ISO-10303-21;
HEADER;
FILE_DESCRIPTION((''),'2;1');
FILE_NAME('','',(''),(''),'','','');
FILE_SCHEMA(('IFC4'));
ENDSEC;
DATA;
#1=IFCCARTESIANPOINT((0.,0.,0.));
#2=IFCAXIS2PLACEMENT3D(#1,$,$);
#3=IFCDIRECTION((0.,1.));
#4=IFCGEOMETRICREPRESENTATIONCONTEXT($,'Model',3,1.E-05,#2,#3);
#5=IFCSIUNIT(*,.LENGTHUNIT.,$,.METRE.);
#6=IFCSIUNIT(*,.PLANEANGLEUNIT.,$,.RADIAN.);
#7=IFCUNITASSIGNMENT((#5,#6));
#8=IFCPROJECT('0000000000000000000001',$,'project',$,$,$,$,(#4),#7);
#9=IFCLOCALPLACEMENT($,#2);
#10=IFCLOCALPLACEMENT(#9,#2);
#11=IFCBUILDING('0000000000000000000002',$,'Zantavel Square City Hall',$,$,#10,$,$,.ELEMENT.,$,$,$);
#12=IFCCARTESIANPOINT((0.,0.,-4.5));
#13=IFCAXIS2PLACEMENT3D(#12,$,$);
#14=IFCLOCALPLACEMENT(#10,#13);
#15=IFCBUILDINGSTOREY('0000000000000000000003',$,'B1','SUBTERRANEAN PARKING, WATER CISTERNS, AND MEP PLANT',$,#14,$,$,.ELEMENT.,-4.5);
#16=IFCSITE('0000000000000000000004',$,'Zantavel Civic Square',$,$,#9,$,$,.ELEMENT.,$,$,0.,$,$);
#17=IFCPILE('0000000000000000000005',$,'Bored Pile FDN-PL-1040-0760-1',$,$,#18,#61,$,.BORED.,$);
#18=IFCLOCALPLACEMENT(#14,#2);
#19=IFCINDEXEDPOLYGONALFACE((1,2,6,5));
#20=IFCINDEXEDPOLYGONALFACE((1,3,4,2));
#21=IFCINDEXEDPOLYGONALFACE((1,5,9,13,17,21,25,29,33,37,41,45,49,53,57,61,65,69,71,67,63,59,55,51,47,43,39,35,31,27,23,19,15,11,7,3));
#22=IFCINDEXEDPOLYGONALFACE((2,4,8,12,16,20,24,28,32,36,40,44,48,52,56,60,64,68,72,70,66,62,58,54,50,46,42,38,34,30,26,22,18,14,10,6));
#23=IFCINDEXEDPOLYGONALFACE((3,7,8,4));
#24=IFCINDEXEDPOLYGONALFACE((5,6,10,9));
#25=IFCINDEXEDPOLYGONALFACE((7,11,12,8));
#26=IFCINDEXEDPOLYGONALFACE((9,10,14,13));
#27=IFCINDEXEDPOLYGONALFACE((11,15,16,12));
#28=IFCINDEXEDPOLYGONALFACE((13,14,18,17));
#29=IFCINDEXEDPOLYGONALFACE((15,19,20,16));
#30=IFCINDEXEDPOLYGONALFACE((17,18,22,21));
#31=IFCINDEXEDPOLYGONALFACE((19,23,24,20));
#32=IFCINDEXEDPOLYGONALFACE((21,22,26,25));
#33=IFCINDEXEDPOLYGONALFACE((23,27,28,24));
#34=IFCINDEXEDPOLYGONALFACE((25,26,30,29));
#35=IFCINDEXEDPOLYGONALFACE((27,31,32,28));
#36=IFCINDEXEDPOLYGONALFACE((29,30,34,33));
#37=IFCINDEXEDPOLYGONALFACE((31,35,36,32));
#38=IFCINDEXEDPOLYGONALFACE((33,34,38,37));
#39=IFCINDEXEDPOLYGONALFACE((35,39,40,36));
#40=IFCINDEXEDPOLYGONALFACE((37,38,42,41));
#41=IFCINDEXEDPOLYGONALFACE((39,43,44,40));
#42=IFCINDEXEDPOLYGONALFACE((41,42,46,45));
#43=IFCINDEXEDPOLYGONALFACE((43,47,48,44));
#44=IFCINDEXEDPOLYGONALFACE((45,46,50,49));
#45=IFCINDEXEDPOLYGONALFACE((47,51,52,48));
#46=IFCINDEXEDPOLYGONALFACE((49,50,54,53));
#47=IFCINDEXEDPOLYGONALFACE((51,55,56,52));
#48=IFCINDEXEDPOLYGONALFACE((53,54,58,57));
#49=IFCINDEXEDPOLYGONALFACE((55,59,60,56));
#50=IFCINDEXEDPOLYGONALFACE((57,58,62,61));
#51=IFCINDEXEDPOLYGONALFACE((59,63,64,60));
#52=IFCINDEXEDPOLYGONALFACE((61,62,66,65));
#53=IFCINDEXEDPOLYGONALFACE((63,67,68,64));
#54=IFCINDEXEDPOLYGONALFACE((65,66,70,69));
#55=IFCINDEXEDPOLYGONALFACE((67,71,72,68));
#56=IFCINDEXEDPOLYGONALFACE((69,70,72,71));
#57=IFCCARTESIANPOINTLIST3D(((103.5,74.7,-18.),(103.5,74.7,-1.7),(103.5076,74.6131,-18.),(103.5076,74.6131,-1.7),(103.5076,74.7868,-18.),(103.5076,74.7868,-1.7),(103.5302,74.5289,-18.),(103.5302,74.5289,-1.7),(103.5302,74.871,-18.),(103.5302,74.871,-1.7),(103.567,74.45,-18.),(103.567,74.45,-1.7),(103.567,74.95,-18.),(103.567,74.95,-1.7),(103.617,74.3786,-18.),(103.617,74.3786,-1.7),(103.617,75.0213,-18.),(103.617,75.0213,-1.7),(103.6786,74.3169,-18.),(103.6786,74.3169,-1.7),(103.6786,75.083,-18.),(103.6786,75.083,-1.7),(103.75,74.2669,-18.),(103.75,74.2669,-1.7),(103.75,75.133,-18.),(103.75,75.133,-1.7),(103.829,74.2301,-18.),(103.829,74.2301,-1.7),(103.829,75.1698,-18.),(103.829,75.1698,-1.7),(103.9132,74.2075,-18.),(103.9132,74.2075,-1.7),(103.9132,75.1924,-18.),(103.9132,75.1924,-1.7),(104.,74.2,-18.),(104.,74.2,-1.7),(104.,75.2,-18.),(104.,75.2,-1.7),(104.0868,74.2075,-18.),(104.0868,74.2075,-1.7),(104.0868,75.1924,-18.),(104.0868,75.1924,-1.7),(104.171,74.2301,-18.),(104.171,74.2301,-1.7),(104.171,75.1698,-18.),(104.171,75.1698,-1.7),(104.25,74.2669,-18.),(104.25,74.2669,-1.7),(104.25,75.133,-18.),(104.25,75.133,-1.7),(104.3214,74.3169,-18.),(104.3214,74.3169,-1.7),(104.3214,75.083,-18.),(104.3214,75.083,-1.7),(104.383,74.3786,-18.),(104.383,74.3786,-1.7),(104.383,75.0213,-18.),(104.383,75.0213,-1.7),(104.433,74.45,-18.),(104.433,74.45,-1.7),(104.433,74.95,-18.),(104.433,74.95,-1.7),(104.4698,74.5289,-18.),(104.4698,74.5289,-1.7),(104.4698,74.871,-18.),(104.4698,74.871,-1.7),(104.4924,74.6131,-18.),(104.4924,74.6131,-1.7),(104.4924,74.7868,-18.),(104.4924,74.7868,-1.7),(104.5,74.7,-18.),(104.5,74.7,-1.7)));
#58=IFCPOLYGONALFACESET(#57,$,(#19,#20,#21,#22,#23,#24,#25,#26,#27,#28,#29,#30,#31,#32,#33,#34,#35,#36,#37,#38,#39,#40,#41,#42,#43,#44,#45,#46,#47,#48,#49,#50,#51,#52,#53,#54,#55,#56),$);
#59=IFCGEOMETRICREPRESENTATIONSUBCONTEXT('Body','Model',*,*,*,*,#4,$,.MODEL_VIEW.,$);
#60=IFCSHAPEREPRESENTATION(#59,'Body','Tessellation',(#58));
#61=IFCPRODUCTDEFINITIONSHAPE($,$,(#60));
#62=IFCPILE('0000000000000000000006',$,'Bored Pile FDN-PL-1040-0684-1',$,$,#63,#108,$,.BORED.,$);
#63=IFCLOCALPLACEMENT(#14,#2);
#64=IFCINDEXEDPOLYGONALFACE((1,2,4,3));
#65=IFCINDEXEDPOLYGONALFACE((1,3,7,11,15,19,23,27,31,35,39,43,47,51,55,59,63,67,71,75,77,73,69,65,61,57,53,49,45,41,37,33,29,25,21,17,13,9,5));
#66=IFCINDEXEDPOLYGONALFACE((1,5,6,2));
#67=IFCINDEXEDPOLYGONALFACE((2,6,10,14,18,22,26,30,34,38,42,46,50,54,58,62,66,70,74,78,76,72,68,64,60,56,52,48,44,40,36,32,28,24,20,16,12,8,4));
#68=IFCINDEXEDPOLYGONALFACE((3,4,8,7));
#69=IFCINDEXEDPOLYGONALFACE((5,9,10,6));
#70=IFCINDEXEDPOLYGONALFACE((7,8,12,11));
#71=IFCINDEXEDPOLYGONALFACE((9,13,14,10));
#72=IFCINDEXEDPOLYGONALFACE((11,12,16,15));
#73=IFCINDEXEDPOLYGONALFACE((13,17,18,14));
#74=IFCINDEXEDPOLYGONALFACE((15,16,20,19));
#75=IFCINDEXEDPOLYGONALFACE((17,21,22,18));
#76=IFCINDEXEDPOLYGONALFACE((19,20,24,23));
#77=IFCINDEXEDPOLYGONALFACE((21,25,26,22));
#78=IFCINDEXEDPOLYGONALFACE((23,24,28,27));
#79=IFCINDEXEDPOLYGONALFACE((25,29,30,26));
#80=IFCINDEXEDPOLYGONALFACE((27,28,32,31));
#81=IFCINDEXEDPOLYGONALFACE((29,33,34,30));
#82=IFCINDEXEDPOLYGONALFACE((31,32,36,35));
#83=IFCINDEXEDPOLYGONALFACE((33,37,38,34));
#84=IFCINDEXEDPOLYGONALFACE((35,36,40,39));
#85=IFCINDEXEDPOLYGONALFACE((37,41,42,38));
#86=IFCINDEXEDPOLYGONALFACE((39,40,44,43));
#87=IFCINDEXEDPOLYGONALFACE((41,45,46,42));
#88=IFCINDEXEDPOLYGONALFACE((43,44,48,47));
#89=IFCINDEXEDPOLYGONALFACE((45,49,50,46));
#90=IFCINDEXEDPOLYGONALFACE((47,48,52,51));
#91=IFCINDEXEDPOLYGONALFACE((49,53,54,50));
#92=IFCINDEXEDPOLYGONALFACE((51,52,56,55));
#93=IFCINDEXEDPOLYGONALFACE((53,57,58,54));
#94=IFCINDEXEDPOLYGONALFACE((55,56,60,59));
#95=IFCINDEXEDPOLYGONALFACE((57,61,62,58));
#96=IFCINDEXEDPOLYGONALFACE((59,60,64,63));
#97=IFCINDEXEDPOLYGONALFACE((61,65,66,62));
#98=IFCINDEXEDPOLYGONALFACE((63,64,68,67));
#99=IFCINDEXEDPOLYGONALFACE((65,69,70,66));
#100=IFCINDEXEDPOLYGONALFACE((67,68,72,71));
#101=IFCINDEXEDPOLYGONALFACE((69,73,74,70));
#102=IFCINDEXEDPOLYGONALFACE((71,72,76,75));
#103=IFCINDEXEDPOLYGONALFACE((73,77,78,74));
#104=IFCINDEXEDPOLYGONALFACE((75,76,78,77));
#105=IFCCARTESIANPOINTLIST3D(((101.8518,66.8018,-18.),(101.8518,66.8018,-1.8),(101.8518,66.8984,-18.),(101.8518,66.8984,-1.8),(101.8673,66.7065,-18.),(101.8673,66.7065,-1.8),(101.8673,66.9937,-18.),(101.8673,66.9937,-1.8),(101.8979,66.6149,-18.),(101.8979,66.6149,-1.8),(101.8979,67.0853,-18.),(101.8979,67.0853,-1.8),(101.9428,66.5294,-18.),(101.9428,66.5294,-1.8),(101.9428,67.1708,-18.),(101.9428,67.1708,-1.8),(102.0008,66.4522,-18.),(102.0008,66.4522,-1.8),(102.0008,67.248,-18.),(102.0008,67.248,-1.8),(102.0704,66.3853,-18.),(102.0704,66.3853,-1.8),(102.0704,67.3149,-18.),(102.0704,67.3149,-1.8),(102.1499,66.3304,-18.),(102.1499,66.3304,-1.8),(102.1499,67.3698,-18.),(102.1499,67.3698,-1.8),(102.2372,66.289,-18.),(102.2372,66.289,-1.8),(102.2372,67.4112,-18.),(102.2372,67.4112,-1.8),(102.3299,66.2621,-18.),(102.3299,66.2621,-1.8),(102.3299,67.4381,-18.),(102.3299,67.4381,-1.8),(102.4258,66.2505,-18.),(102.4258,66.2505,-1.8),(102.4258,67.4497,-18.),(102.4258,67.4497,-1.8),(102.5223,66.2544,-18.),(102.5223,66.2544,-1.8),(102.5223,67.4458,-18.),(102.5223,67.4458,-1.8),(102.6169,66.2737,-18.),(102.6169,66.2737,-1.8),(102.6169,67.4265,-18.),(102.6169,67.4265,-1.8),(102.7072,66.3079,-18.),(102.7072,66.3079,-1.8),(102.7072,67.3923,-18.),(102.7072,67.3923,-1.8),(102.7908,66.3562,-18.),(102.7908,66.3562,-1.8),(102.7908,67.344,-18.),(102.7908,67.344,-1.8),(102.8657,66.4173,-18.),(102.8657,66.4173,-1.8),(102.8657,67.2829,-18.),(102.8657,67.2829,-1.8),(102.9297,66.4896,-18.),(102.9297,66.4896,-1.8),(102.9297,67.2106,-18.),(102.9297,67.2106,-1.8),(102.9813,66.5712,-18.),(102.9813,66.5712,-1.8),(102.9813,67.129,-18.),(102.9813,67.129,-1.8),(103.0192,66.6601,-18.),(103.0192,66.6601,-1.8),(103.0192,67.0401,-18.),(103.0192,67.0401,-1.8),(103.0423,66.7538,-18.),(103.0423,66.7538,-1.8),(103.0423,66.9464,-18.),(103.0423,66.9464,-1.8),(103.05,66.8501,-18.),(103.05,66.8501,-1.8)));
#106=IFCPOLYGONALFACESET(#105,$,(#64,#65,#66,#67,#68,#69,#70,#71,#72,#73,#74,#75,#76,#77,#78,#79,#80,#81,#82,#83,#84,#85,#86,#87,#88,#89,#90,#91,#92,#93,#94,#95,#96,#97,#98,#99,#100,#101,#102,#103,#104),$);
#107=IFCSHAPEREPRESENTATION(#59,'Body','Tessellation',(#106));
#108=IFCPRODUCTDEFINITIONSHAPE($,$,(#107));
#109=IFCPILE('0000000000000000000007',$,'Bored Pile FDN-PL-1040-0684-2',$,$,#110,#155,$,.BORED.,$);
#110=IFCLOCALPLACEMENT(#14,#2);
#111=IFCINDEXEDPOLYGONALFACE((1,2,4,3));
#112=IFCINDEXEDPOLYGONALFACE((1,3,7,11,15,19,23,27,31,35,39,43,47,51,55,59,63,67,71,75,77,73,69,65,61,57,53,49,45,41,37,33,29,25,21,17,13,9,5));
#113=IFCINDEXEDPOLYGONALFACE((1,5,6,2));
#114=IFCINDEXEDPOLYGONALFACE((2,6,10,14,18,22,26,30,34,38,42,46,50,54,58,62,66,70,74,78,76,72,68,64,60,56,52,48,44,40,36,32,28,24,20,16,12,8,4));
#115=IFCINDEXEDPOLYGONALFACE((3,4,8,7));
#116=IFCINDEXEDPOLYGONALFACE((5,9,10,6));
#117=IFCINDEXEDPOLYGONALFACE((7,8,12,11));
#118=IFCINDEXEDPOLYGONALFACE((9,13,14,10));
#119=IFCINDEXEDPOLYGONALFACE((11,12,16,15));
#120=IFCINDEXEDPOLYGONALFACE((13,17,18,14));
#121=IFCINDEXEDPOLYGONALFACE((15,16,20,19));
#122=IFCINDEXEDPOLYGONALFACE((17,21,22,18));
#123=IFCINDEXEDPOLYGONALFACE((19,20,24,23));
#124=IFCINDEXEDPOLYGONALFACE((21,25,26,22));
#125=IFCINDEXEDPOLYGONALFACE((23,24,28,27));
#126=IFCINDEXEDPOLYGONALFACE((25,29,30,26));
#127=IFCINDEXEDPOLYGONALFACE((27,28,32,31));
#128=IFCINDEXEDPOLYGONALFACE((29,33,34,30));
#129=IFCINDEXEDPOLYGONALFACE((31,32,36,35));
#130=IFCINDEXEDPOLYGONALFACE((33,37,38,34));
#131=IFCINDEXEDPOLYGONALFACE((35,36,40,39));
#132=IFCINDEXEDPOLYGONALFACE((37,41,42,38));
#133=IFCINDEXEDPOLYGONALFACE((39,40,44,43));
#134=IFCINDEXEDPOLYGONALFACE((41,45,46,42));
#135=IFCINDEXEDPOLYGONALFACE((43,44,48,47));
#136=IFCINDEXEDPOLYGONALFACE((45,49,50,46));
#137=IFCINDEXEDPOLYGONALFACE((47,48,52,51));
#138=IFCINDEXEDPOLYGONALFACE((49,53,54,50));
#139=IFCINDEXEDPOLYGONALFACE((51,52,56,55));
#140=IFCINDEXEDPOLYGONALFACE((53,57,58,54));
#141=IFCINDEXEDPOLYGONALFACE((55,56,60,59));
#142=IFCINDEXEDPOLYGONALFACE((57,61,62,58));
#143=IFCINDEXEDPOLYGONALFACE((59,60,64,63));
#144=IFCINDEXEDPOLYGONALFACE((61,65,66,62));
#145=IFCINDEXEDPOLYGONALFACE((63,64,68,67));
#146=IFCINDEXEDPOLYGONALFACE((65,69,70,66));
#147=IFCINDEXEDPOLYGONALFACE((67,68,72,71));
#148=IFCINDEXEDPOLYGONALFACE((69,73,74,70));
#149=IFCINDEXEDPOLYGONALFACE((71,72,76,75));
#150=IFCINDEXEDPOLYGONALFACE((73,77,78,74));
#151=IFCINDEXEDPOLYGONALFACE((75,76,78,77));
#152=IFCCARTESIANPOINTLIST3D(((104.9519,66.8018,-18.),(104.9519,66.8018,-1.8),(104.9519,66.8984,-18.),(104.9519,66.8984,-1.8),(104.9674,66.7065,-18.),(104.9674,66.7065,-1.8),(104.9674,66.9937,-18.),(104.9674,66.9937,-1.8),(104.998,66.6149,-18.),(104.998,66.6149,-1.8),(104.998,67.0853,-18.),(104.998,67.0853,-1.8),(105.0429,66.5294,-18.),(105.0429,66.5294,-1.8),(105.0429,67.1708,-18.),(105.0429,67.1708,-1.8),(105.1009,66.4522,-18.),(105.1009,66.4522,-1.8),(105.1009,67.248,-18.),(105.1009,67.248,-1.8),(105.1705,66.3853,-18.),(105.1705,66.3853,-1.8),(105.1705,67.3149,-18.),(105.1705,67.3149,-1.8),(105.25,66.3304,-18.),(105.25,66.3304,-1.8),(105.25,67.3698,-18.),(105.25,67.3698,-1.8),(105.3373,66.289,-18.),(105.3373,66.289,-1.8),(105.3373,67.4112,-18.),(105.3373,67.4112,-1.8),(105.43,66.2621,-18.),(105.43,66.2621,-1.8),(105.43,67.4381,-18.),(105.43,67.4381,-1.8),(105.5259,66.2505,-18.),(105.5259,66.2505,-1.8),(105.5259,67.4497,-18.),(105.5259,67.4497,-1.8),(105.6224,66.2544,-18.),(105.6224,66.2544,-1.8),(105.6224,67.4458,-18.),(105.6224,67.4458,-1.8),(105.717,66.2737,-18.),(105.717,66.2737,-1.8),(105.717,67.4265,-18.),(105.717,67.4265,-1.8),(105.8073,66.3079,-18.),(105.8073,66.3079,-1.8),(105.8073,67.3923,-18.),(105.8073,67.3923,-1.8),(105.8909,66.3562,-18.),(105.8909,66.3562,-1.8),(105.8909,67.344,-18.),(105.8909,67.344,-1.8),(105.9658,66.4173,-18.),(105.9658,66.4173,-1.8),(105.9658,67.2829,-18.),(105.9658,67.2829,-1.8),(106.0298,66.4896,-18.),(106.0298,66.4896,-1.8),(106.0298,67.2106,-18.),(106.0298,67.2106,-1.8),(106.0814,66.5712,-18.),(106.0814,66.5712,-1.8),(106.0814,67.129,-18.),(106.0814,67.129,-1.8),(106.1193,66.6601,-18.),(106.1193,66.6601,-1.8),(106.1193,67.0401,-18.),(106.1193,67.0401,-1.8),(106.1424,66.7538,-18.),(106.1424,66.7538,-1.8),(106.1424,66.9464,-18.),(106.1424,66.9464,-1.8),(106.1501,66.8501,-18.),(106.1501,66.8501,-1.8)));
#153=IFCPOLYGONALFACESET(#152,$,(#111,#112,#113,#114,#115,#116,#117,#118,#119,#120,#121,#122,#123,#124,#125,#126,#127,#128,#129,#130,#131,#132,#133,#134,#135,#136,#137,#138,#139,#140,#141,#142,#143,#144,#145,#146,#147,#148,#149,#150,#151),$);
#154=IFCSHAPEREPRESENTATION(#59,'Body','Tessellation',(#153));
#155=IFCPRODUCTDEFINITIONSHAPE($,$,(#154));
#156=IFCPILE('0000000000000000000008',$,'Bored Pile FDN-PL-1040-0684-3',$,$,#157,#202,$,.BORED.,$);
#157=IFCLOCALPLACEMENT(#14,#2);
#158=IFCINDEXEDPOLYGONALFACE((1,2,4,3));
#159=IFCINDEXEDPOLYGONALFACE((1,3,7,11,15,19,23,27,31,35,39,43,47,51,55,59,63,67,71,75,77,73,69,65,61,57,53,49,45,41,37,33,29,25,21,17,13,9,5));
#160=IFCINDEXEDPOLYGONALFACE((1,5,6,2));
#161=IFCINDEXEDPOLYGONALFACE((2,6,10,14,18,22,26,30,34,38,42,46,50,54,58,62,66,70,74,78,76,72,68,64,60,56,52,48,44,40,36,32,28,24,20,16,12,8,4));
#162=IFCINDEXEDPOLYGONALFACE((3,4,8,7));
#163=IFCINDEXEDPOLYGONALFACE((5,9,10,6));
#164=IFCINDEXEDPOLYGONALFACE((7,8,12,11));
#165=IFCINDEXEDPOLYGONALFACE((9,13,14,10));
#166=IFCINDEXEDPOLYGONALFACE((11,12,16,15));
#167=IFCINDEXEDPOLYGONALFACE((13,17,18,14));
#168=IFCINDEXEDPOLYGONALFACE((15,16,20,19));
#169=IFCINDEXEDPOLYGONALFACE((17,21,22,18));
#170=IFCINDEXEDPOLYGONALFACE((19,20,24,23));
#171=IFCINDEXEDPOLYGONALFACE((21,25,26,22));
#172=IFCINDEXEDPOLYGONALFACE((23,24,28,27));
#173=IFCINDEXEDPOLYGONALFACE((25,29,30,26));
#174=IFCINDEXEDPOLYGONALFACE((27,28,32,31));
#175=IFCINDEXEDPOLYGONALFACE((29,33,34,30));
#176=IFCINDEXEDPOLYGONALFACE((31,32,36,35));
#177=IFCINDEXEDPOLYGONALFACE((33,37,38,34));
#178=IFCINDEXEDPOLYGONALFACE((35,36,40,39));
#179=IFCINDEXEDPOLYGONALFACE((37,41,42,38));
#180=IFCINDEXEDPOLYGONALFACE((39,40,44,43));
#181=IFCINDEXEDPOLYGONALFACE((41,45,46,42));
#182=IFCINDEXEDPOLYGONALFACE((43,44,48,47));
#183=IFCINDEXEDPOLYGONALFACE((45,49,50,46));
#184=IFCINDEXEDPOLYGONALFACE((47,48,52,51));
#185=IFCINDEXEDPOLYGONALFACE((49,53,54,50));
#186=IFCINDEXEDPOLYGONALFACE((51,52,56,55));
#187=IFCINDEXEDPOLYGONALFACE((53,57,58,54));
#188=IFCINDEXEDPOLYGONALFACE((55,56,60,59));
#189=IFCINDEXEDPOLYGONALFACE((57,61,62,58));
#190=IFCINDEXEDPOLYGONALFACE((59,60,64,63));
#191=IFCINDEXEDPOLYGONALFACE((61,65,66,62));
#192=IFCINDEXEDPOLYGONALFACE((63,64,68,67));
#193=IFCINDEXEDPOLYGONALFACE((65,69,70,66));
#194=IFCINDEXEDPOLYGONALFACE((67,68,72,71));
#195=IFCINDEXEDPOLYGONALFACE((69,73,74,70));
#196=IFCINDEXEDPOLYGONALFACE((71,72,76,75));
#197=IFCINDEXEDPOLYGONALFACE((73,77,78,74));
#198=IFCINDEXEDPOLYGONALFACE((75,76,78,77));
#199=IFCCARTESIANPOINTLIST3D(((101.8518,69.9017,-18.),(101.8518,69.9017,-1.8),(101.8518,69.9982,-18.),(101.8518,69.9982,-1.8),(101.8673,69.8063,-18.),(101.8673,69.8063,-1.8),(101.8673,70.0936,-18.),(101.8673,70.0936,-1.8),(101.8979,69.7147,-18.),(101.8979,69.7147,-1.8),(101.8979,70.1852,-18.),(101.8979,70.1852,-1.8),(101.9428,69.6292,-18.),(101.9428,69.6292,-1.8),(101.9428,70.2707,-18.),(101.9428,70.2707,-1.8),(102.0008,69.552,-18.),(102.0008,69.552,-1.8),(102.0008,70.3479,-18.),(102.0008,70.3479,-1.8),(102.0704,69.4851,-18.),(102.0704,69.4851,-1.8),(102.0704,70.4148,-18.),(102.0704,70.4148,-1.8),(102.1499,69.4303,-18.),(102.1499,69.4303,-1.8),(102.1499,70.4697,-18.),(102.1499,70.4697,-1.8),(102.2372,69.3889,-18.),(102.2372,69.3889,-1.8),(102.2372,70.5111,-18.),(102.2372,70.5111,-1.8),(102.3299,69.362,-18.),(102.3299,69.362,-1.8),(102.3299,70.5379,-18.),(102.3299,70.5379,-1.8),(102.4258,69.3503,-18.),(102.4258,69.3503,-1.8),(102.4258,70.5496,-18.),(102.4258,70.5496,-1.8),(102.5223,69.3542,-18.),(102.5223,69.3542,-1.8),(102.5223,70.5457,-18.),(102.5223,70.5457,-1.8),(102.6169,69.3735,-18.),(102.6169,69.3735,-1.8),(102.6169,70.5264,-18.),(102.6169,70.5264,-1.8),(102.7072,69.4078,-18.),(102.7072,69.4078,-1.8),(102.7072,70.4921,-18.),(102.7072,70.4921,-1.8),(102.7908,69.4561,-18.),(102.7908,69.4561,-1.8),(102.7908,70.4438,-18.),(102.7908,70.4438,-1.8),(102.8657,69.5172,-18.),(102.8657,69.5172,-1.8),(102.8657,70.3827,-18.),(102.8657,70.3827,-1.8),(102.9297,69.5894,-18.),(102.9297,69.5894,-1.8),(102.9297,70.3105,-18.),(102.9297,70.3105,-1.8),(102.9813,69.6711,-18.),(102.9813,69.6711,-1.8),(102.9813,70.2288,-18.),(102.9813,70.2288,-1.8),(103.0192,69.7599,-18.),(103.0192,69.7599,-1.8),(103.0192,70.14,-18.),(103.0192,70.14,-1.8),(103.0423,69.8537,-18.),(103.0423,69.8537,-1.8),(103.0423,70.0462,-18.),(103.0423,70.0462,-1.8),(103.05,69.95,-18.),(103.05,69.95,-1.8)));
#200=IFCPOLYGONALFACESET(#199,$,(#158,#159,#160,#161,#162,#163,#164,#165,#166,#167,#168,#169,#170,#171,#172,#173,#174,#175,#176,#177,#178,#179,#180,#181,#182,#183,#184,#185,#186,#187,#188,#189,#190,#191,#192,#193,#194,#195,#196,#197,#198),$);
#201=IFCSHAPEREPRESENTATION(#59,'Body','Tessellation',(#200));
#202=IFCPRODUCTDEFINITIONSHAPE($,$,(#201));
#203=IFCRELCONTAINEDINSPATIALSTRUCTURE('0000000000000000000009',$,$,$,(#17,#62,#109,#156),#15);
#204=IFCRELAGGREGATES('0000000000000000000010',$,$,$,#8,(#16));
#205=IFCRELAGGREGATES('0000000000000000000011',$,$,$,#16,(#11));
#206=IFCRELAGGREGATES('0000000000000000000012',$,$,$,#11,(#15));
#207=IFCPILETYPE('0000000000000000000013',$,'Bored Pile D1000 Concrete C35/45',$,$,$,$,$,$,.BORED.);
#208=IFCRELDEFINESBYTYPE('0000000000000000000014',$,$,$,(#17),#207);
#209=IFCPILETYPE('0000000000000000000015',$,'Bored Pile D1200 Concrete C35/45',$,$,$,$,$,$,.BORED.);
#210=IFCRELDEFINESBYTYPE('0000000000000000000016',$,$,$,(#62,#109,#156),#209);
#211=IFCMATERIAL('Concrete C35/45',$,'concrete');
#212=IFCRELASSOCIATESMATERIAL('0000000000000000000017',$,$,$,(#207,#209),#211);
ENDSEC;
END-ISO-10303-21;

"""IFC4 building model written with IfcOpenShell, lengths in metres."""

from ifc_helpers import new_model, si_unit, direction, frame, origin, origin_2d, place, context, subcontext, project, spatial, circle, extrude, material, material_profile, profile_set, type_object, element, save


model = new_model("IFC4")

# Units and contexts
model_context = context("Model", 3, precision=1e-05, world=origin(), true_north=direction((0.0, 1.0)))
body_context = subcontext(model_context, "Body", "Model", "MODEL_VIEW")
ifc_project = project(units=[si_unit("LENGTHUNIT", "METRE"), si_unit("PLANEANGLEUNIT", "RADIAN")], contexts=[model_context])

# Site, building, storey
site_placement = place(None, origin())
site = spatial("IfcSite", under=ifc_project, at=site_placement, Name="Zantavel Civic Square", CompositionType="ELEMENT", RefElevation=0.0)
building_placement = place(site_placement, origin())
building = spatial("IfcBuilding", under=site, at=building_placement, Name="Zantavel Square City Hall", CompositionType="ELEMENT")
storey_placement = place(building_placement, frame((0.0, 0.0, -4.5)))
storey = spatial("IfcBuildingStorey", under=building, at=storey_placement, Name="B1", Description="SUBTERRANEAN PARKING, WATER CISTERNS, AND MEP PLANT", CompositionType="ELEMENT", Elevation=-4.5)

# Piles
ifc_material_1 = material(Name="Concrete C35/45", Category="concrete")
ifc_material_profile_1 = material_profile(ifc_material_1, circle(Radius=0.5, at=origin_2d()), Name="PILE D1000")
ifc_profile_set_1 = profile_set([ifc_material_profile_1], Name="Concrete C35/45")
pile_type_1 = type_object("IfcPileType", Name="Bored Pile D1000 Concrete C35/45", PredefinedType="BORED", material=ifc_profile_set_1)
pile_placement = place(storey_placement, frame((104.0, 74.7, -1.7), z_axis=(0.0, 0.0, -1.0), x_axis=(1.0, 0.0, 0.0)))
element("IfcPile", 1, at=pile_placement, inside=storey, type_object=pile_type_1, Name="Bored Pile FDN-PL-1040-0760-1", PredefinedType="BORED", context=body_context, shape_type="SweptSolid", body=[
    extrude(circle(Radius=0.5, at=origin_2d()), origin(), (0.0, 0.0, 1.0), 16.3),
])
ifc_material_profile_2 = material_profile(ifc_material_1, circle(Radius=0.6001, at=origin_2d()), Name="PILE D1200")
ifc_profile_set_2 = profile_set([ifc_material_profile_2], Name="Concrete C35/45")
pile_type_2 = type_object("IfcPileType", Name="Bored Pile D1200 Concrete C35/45", PredefinedType="BORED", material=ifc_profile_set_2)
for number, where, z_axis, x_axis, name in (
    (2, (102.45, 66.8501, -1.8), (0.0, 0.0, -1.0), (1.0, 0.0, 0.0), "Bored Pile FDN-PL-1040-0684-1"),
    (3, (105.55, 66.8501, -1.8), (0.0, 0.0, -1.0), (1.0, 0.0, 0.0), "Bored Pile FDN-PL-1040-0684-2"),
    (4, (102.45, 69.95, -1.8), (0.0, 0.0, -1.0), (1.0, 0.0, 0.0), "Bored Pile FDN-PL-1040-0684-3"),
):
    element("IfcPile", number, at=place(storey_placement, frame(where, z_axis=z_axis, x_axis=x_axis)), inside=storey, type_object=pile_type_2, Name=name, PredefinedType="BORED", context=body_context, shape_type="SweptSolid", body=[
        extrude(circle(Radius=0.6001, at=origin_2d()), origin(), (0.0, 0.0, 1.0), 16.2),
    ])

save(model, "model.ifc")
